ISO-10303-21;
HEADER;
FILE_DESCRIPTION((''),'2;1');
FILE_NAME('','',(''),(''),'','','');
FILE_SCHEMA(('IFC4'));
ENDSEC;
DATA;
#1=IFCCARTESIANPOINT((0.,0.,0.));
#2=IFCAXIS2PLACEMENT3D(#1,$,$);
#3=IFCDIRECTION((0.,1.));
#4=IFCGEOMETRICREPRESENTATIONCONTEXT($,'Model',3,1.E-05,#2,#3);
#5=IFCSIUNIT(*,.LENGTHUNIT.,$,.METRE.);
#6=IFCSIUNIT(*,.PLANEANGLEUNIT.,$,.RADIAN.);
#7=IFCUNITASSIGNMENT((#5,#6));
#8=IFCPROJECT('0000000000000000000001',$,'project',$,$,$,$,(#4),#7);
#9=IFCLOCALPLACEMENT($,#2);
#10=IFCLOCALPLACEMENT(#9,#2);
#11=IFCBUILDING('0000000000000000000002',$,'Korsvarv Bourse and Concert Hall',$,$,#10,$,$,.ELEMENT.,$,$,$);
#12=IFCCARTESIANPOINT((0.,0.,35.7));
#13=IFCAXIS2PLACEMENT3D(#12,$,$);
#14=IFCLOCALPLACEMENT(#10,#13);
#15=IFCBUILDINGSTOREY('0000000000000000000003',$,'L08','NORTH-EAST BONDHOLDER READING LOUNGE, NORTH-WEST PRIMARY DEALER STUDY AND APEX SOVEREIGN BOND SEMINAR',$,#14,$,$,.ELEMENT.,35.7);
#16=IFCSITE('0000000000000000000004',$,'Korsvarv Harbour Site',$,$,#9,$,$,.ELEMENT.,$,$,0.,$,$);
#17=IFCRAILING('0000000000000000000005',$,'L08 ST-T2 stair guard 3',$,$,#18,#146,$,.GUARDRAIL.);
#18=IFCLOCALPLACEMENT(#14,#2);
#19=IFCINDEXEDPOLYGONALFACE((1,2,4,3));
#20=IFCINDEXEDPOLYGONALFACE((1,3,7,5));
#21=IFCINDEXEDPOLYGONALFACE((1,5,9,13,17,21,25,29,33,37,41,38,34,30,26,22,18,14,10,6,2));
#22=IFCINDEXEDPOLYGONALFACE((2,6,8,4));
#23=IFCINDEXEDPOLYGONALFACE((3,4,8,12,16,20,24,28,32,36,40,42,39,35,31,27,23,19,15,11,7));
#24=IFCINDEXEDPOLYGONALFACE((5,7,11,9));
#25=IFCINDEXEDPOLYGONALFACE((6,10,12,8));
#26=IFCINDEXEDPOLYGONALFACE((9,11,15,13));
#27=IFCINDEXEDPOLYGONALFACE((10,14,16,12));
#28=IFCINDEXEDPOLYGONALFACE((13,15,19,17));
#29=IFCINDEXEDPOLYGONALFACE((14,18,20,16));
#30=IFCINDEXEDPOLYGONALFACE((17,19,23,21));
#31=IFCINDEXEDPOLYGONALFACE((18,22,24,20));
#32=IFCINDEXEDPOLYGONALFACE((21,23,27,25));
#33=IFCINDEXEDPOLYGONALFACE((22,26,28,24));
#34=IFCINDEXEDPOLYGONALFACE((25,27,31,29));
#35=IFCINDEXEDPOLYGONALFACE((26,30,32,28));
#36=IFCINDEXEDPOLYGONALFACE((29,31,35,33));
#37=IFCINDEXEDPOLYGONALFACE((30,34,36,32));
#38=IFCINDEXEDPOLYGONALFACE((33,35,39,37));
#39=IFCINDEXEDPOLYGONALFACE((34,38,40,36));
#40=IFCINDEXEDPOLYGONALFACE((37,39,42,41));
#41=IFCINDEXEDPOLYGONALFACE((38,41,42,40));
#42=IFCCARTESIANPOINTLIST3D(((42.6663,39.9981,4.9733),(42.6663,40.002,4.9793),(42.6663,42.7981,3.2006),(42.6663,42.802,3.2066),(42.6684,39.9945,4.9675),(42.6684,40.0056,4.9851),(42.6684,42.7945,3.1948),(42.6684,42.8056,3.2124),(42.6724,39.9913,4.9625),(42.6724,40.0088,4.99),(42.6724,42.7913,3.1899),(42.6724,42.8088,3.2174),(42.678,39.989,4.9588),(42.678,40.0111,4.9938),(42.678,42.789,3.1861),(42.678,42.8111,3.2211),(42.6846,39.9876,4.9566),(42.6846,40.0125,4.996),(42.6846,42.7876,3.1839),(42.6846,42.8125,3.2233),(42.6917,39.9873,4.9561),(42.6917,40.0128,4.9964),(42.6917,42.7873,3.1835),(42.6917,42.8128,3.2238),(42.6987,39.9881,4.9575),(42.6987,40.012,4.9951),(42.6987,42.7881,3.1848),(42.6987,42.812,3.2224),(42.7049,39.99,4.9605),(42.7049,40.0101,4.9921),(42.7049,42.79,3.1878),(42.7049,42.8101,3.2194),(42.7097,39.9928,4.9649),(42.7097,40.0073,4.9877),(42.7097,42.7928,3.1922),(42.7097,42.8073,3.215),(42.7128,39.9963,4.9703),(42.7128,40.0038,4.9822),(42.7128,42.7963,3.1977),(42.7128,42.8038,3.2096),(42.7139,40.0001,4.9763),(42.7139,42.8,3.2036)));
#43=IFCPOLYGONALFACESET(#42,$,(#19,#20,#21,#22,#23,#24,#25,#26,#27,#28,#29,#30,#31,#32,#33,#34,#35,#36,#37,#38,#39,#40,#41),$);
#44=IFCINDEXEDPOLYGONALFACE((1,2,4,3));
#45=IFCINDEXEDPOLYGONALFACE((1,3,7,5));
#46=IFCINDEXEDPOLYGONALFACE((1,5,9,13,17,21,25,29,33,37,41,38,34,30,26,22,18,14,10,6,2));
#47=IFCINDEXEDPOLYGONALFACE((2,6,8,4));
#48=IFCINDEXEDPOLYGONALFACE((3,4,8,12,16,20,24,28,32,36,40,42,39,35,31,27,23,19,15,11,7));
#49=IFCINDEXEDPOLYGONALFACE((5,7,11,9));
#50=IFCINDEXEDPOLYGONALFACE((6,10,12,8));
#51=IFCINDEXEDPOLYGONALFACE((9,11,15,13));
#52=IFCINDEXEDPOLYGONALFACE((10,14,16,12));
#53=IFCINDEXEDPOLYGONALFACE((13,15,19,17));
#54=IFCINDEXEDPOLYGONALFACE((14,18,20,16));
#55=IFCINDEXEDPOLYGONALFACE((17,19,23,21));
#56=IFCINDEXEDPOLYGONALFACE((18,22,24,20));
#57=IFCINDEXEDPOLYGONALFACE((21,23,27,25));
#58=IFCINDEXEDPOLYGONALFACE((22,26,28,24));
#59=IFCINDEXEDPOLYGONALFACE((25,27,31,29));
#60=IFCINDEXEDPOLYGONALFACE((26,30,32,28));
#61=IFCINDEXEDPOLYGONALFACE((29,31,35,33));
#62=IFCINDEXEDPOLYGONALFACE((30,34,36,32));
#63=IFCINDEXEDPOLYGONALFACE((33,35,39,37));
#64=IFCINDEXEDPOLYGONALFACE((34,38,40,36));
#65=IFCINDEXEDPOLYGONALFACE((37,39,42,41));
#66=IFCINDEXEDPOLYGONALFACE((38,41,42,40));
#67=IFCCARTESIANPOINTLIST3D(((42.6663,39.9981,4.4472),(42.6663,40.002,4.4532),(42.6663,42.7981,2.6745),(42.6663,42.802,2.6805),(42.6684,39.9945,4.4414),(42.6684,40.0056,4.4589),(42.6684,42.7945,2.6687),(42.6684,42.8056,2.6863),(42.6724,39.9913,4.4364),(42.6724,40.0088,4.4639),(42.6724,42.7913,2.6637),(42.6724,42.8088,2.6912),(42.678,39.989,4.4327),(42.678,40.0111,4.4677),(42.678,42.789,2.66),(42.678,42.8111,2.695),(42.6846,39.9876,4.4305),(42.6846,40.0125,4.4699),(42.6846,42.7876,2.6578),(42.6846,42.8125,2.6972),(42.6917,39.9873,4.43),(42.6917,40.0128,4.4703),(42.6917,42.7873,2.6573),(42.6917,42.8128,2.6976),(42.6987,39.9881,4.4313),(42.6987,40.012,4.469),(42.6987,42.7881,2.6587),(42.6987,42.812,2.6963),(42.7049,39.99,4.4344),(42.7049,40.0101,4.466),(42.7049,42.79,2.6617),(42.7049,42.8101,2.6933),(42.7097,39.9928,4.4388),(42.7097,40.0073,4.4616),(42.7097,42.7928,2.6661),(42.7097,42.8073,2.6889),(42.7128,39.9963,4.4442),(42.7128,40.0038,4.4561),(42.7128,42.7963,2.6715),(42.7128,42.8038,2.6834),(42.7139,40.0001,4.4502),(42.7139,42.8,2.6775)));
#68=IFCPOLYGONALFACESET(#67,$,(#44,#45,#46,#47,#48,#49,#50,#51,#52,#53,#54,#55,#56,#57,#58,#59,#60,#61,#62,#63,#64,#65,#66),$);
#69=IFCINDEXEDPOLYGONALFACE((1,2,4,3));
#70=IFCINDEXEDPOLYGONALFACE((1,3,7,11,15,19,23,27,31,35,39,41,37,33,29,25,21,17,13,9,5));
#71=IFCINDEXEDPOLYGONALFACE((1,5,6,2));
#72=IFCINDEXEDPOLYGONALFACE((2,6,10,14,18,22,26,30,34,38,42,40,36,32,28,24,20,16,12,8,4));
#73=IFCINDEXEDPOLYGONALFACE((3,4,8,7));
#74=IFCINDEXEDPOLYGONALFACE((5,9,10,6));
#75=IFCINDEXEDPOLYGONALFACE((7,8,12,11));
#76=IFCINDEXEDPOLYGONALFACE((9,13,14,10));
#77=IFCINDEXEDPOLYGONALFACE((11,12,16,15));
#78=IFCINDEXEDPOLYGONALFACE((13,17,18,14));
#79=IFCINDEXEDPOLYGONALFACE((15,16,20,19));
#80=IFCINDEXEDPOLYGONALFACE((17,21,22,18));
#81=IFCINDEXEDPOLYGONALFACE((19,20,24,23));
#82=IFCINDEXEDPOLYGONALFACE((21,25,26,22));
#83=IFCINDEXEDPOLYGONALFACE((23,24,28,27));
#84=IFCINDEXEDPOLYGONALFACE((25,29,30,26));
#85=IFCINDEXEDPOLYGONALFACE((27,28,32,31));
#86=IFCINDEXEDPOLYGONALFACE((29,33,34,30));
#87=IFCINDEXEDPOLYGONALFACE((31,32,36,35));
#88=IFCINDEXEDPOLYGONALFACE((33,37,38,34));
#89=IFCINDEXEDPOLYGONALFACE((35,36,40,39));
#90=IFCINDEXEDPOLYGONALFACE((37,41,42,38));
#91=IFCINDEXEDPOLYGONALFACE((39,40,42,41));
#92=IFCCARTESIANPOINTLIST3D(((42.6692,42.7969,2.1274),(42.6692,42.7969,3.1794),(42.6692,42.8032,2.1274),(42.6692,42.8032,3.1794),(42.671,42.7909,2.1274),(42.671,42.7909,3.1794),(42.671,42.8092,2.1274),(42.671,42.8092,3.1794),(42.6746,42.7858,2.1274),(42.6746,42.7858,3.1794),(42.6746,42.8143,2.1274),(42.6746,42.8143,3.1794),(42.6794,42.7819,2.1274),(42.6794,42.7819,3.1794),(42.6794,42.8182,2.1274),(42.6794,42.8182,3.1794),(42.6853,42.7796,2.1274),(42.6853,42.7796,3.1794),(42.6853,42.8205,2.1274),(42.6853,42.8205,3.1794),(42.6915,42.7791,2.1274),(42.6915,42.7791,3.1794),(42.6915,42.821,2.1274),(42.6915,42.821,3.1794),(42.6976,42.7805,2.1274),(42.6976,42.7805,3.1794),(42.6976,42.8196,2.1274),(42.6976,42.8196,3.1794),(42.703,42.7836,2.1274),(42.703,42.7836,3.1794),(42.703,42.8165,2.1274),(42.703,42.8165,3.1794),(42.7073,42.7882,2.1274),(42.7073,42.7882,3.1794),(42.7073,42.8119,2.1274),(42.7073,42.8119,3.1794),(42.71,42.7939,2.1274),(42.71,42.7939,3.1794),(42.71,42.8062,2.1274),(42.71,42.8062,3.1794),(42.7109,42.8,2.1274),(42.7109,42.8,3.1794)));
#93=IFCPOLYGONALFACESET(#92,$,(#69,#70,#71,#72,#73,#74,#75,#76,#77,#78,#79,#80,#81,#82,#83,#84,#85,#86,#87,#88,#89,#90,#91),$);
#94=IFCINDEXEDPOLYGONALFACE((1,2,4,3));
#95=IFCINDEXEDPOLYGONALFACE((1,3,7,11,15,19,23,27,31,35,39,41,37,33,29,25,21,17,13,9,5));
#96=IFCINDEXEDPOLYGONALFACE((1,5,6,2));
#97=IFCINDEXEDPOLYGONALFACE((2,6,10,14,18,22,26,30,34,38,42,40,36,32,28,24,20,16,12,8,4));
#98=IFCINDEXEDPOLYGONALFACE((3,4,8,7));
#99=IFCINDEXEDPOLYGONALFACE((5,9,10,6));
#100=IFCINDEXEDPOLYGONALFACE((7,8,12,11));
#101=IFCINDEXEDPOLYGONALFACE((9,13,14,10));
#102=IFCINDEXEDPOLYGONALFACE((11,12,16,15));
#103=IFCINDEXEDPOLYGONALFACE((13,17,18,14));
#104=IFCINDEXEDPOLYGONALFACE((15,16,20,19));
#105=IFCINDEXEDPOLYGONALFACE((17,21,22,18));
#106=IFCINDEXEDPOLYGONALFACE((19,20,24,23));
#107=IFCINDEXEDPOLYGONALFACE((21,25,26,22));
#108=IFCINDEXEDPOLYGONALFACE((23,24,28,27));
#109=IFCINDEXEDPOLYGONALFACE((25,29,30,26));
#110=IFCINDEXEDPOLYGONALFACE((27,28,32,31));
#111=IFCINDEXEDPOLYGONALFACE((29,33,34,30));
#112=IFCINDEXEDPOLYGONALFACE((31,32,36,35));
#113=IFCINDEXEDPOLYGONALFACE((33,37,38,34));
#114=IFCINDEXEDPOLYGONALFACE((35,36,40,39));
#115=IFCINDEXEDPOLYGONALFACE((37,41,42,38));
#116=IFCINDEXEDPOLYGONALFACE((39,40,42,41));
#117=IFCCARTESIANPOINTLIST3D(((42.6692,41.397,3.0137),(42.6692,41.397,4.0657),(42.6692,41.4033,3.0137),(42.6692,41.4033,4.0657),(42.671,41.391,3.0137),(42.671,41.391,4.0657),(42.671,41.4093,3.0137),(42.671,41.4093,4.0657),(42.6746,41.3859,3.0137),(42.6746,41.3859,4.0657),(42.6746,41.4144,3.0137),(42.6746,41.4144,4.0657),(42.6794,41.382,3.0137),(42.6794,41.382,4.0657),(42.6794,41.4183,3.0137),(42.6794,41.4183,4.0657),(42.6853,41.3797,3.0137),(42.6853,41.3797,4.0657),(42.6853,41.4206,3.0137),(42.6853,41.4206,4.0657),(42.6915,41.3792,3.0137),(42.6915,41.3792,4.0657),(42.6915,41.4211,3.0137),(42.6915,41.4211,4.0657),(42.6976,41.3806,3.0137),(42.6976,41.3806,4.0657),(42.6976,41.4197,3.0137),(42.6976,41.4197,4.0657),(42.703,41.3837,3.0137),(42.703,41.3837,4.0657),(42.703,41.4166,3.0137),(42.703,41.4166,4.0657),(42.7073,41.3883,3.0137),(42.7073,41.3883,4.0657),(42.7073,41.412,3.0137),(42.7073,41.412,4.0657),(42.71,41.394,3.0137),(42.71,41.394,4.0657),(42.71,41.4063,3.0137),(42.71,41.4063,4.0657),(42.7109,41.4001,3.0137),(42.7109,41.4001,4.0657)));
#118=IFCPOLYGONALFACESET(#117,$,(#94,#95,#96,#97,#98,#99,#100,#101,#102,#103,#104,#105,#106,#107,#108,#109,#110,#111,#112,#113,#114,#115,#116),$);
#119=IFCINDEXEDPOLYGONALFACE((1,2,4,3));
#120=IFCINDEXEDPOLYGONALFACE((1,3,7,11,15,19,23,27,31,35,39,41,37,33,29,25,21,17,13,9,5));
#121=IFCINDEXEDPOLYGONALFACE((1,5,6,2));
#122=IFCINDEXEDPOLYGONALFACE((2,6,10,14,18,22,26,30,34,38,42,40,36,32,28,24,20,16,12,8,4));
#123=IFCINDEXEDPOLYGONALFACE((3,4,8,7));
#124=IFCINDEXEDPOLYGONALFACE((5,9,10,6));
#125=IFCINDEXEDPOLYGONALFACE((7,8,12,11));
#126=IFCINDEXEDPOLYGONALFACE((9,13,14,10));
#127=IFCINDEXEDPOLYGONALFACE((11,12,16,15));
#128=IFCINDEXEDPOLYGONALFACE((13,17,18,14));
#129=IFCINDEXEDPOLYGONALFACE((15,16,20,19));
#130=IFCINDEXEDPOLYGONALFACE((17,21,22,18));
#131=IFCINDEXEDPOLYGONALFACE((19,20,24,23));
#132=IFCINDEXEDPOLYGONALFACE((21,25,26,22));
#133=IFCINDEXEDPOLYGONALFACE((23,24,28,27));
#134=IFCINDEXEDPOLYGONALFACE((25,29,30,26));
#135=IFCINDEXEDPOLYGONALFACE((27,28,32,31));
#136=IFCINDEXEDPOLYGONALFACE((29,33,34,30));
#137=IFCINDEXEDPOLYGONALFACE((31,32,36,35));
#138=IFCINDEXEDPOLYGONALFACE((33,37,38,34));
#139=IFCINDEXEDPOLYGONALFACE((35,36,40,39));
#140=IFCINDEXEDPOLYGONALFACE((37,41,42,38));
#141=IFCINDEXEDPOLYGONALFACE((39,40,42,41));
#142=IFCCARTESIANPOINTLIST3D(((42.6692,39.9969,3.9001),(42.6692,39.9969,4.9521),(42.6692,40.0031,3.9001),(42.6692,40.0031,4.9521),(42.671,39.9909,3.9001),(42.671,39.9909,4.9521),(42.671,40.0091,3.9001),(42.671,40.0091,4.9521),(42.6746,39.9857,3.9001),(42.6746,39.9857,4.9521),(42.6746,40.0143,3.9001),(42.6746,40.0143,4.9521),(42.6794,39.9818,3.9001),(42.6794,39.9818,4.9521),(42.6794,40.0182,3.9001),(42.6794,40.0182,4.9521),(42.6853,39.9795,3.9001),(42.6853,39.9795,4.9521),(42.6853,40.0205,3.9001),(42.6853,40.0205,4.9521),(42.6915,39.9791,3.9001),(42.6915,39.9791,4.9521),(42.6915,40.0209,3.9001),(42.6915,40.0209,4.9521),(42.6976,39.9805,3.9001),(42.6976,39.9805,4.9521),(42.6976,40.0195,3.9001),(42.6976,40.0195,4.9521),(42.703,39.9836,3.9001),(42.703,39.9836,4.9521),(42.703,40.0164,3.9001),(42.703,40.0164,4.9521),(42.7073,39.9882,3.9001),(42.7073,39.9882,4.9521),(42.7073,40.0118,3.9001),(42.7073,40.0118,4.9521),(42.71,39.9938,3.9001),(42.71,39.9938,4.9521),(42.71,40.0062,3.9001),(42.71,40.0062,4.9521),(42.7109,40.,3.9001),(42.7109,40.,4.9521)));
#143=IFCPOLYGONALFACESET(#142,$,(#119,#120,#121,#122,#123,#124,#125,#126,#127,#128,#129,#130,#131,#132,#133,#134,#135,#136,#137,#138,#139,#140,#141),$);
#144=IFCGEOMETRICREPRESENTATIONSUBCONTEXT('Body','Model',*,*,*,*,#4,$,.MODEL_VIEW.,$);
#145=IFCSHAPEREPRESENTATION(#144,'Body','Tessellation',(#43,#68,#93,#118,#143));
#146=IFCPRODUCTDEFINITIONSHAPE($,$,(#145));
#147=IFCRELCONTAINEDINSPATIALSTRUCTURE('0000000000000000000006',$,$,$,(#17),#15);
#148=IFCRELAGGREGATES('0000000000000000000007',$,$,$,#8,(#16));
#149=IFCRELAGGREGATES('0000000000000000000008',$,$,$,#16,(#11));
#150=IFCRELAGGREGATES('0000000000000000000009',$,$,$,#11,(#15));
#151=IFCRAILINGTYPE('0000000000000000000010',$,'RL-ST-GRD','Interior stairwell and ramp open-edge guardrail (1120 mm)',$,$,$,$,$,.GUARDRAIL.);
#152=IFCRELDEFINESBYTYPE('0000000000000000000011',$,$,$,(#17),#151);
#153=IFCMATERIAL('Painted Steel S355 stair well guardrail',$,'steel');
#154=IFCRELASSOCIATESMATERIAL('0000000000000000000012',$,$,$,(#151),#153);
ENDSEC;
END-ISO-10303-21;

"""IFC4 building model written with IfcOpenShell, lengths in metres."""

from ifc_helpers import new_model, si_unit, direction, frame, origin, origin_2d, place, context, subcontext, project, spatial, circle, extrude, material, type_object, element, save


model = new_model("IFC4")

# Units and contexts
model_context = context("Model", 3, precision=1e-05, world=origin(), true_north=direction((0.0, 1.0)))
body_context = subcontext(model_context, "Body", "Model", "MODEL_VIEW")
ifc_project = project(units=[si_unit("LENGTHUNIT", "METRE"), si_unit("PLANEANGLEUNIT", "RADIAN")], contexts=[model_context])

# Site, building, storey
site_placement = place(None, origin())
site = spatial("IfcSite", under=ifc_project, at=site_placement, Name="Korsvarv Harbour Site", CompositionType="ELEMENT", RefElevation=0.0)
building_placement = place(site_placement, origin())
building = spatial("IfcBuilding", under=site, at=building_placement, Name="Korsvarv Bourse and Concert Hall", CompositionType="ELEMENT")
storey_placement = place(building_placement, frame((0.0, 0.0, 35.7)))
storey = spatial("IfcBuildingStorey", under=building, at=storey_placement, Name="L08", Description="NORTH-EAST BONDHOLDER READING LOUNGE, NORTH-WEST PRIMARY DEALER STUDY AND APEX SOVEREIGN BOND SEMINAR", CompositionType="ELEMENT", Elevation=35.7)

# Railing
ifc_material_1 = material(Name="Painted Steel S355 stair well guardrail", Category="steel")
railing_type_1 = type_object("IfcRailingType", Name="RL-ST-GRD", Description="Interior stairwell and ramp open-edge guardrail (1120 mm)", PredefinedType="GUARDRAIL", material=ifc_material_1)
railing_1_placement = place(storey_placement, frame((42.6899, 42.8, 2.1274)))
element("IfcRailing", 1, at=railing_1_placement, inside=storey, type_object=railing_type_1, Name="L08 ST-T2 stair guard 3", PredefinedType="GUARDRAIL", context=body_context, shape_type="SweptSolid", body=[
    extrude(circle(Radius=0.0239, at=origin_2d()), frame((0.0, 0.0, 1.0762), z_axis=(0.0, -0.844909, 0.53491), x_axis=(1.0, 0.0, 0.0)), (0.0, 0.0, 1.0), 3.314),
    extrude(circle(Radius=0.0239, at=origin_2d()), frame((0.0, 0.0, 0.55), z_axis=(0.0, -0.844909, 0.53491), x_axis=(1.0, 0.0, 0.0)), (0.0, 0.0, 1.0), 3.314),
    extrude(circle(Radius=0.021, at=origin_2d()), origin(), (0.0, 0.0, 1.0), 1.052),
    extrude(circle(Radius=0.021, at=origin_2d()), frame((0.0, -1.3999, 0.8862)), (0.0, 0.0, 1.0), 1.052),
    extrude(circle(Radius=0.021, at=origin_2d()), frame((0.0, -2.8, 1.7727)), (0.0, 0.0, 1.0), 1.052),
])

save(model, "model.ifc")
